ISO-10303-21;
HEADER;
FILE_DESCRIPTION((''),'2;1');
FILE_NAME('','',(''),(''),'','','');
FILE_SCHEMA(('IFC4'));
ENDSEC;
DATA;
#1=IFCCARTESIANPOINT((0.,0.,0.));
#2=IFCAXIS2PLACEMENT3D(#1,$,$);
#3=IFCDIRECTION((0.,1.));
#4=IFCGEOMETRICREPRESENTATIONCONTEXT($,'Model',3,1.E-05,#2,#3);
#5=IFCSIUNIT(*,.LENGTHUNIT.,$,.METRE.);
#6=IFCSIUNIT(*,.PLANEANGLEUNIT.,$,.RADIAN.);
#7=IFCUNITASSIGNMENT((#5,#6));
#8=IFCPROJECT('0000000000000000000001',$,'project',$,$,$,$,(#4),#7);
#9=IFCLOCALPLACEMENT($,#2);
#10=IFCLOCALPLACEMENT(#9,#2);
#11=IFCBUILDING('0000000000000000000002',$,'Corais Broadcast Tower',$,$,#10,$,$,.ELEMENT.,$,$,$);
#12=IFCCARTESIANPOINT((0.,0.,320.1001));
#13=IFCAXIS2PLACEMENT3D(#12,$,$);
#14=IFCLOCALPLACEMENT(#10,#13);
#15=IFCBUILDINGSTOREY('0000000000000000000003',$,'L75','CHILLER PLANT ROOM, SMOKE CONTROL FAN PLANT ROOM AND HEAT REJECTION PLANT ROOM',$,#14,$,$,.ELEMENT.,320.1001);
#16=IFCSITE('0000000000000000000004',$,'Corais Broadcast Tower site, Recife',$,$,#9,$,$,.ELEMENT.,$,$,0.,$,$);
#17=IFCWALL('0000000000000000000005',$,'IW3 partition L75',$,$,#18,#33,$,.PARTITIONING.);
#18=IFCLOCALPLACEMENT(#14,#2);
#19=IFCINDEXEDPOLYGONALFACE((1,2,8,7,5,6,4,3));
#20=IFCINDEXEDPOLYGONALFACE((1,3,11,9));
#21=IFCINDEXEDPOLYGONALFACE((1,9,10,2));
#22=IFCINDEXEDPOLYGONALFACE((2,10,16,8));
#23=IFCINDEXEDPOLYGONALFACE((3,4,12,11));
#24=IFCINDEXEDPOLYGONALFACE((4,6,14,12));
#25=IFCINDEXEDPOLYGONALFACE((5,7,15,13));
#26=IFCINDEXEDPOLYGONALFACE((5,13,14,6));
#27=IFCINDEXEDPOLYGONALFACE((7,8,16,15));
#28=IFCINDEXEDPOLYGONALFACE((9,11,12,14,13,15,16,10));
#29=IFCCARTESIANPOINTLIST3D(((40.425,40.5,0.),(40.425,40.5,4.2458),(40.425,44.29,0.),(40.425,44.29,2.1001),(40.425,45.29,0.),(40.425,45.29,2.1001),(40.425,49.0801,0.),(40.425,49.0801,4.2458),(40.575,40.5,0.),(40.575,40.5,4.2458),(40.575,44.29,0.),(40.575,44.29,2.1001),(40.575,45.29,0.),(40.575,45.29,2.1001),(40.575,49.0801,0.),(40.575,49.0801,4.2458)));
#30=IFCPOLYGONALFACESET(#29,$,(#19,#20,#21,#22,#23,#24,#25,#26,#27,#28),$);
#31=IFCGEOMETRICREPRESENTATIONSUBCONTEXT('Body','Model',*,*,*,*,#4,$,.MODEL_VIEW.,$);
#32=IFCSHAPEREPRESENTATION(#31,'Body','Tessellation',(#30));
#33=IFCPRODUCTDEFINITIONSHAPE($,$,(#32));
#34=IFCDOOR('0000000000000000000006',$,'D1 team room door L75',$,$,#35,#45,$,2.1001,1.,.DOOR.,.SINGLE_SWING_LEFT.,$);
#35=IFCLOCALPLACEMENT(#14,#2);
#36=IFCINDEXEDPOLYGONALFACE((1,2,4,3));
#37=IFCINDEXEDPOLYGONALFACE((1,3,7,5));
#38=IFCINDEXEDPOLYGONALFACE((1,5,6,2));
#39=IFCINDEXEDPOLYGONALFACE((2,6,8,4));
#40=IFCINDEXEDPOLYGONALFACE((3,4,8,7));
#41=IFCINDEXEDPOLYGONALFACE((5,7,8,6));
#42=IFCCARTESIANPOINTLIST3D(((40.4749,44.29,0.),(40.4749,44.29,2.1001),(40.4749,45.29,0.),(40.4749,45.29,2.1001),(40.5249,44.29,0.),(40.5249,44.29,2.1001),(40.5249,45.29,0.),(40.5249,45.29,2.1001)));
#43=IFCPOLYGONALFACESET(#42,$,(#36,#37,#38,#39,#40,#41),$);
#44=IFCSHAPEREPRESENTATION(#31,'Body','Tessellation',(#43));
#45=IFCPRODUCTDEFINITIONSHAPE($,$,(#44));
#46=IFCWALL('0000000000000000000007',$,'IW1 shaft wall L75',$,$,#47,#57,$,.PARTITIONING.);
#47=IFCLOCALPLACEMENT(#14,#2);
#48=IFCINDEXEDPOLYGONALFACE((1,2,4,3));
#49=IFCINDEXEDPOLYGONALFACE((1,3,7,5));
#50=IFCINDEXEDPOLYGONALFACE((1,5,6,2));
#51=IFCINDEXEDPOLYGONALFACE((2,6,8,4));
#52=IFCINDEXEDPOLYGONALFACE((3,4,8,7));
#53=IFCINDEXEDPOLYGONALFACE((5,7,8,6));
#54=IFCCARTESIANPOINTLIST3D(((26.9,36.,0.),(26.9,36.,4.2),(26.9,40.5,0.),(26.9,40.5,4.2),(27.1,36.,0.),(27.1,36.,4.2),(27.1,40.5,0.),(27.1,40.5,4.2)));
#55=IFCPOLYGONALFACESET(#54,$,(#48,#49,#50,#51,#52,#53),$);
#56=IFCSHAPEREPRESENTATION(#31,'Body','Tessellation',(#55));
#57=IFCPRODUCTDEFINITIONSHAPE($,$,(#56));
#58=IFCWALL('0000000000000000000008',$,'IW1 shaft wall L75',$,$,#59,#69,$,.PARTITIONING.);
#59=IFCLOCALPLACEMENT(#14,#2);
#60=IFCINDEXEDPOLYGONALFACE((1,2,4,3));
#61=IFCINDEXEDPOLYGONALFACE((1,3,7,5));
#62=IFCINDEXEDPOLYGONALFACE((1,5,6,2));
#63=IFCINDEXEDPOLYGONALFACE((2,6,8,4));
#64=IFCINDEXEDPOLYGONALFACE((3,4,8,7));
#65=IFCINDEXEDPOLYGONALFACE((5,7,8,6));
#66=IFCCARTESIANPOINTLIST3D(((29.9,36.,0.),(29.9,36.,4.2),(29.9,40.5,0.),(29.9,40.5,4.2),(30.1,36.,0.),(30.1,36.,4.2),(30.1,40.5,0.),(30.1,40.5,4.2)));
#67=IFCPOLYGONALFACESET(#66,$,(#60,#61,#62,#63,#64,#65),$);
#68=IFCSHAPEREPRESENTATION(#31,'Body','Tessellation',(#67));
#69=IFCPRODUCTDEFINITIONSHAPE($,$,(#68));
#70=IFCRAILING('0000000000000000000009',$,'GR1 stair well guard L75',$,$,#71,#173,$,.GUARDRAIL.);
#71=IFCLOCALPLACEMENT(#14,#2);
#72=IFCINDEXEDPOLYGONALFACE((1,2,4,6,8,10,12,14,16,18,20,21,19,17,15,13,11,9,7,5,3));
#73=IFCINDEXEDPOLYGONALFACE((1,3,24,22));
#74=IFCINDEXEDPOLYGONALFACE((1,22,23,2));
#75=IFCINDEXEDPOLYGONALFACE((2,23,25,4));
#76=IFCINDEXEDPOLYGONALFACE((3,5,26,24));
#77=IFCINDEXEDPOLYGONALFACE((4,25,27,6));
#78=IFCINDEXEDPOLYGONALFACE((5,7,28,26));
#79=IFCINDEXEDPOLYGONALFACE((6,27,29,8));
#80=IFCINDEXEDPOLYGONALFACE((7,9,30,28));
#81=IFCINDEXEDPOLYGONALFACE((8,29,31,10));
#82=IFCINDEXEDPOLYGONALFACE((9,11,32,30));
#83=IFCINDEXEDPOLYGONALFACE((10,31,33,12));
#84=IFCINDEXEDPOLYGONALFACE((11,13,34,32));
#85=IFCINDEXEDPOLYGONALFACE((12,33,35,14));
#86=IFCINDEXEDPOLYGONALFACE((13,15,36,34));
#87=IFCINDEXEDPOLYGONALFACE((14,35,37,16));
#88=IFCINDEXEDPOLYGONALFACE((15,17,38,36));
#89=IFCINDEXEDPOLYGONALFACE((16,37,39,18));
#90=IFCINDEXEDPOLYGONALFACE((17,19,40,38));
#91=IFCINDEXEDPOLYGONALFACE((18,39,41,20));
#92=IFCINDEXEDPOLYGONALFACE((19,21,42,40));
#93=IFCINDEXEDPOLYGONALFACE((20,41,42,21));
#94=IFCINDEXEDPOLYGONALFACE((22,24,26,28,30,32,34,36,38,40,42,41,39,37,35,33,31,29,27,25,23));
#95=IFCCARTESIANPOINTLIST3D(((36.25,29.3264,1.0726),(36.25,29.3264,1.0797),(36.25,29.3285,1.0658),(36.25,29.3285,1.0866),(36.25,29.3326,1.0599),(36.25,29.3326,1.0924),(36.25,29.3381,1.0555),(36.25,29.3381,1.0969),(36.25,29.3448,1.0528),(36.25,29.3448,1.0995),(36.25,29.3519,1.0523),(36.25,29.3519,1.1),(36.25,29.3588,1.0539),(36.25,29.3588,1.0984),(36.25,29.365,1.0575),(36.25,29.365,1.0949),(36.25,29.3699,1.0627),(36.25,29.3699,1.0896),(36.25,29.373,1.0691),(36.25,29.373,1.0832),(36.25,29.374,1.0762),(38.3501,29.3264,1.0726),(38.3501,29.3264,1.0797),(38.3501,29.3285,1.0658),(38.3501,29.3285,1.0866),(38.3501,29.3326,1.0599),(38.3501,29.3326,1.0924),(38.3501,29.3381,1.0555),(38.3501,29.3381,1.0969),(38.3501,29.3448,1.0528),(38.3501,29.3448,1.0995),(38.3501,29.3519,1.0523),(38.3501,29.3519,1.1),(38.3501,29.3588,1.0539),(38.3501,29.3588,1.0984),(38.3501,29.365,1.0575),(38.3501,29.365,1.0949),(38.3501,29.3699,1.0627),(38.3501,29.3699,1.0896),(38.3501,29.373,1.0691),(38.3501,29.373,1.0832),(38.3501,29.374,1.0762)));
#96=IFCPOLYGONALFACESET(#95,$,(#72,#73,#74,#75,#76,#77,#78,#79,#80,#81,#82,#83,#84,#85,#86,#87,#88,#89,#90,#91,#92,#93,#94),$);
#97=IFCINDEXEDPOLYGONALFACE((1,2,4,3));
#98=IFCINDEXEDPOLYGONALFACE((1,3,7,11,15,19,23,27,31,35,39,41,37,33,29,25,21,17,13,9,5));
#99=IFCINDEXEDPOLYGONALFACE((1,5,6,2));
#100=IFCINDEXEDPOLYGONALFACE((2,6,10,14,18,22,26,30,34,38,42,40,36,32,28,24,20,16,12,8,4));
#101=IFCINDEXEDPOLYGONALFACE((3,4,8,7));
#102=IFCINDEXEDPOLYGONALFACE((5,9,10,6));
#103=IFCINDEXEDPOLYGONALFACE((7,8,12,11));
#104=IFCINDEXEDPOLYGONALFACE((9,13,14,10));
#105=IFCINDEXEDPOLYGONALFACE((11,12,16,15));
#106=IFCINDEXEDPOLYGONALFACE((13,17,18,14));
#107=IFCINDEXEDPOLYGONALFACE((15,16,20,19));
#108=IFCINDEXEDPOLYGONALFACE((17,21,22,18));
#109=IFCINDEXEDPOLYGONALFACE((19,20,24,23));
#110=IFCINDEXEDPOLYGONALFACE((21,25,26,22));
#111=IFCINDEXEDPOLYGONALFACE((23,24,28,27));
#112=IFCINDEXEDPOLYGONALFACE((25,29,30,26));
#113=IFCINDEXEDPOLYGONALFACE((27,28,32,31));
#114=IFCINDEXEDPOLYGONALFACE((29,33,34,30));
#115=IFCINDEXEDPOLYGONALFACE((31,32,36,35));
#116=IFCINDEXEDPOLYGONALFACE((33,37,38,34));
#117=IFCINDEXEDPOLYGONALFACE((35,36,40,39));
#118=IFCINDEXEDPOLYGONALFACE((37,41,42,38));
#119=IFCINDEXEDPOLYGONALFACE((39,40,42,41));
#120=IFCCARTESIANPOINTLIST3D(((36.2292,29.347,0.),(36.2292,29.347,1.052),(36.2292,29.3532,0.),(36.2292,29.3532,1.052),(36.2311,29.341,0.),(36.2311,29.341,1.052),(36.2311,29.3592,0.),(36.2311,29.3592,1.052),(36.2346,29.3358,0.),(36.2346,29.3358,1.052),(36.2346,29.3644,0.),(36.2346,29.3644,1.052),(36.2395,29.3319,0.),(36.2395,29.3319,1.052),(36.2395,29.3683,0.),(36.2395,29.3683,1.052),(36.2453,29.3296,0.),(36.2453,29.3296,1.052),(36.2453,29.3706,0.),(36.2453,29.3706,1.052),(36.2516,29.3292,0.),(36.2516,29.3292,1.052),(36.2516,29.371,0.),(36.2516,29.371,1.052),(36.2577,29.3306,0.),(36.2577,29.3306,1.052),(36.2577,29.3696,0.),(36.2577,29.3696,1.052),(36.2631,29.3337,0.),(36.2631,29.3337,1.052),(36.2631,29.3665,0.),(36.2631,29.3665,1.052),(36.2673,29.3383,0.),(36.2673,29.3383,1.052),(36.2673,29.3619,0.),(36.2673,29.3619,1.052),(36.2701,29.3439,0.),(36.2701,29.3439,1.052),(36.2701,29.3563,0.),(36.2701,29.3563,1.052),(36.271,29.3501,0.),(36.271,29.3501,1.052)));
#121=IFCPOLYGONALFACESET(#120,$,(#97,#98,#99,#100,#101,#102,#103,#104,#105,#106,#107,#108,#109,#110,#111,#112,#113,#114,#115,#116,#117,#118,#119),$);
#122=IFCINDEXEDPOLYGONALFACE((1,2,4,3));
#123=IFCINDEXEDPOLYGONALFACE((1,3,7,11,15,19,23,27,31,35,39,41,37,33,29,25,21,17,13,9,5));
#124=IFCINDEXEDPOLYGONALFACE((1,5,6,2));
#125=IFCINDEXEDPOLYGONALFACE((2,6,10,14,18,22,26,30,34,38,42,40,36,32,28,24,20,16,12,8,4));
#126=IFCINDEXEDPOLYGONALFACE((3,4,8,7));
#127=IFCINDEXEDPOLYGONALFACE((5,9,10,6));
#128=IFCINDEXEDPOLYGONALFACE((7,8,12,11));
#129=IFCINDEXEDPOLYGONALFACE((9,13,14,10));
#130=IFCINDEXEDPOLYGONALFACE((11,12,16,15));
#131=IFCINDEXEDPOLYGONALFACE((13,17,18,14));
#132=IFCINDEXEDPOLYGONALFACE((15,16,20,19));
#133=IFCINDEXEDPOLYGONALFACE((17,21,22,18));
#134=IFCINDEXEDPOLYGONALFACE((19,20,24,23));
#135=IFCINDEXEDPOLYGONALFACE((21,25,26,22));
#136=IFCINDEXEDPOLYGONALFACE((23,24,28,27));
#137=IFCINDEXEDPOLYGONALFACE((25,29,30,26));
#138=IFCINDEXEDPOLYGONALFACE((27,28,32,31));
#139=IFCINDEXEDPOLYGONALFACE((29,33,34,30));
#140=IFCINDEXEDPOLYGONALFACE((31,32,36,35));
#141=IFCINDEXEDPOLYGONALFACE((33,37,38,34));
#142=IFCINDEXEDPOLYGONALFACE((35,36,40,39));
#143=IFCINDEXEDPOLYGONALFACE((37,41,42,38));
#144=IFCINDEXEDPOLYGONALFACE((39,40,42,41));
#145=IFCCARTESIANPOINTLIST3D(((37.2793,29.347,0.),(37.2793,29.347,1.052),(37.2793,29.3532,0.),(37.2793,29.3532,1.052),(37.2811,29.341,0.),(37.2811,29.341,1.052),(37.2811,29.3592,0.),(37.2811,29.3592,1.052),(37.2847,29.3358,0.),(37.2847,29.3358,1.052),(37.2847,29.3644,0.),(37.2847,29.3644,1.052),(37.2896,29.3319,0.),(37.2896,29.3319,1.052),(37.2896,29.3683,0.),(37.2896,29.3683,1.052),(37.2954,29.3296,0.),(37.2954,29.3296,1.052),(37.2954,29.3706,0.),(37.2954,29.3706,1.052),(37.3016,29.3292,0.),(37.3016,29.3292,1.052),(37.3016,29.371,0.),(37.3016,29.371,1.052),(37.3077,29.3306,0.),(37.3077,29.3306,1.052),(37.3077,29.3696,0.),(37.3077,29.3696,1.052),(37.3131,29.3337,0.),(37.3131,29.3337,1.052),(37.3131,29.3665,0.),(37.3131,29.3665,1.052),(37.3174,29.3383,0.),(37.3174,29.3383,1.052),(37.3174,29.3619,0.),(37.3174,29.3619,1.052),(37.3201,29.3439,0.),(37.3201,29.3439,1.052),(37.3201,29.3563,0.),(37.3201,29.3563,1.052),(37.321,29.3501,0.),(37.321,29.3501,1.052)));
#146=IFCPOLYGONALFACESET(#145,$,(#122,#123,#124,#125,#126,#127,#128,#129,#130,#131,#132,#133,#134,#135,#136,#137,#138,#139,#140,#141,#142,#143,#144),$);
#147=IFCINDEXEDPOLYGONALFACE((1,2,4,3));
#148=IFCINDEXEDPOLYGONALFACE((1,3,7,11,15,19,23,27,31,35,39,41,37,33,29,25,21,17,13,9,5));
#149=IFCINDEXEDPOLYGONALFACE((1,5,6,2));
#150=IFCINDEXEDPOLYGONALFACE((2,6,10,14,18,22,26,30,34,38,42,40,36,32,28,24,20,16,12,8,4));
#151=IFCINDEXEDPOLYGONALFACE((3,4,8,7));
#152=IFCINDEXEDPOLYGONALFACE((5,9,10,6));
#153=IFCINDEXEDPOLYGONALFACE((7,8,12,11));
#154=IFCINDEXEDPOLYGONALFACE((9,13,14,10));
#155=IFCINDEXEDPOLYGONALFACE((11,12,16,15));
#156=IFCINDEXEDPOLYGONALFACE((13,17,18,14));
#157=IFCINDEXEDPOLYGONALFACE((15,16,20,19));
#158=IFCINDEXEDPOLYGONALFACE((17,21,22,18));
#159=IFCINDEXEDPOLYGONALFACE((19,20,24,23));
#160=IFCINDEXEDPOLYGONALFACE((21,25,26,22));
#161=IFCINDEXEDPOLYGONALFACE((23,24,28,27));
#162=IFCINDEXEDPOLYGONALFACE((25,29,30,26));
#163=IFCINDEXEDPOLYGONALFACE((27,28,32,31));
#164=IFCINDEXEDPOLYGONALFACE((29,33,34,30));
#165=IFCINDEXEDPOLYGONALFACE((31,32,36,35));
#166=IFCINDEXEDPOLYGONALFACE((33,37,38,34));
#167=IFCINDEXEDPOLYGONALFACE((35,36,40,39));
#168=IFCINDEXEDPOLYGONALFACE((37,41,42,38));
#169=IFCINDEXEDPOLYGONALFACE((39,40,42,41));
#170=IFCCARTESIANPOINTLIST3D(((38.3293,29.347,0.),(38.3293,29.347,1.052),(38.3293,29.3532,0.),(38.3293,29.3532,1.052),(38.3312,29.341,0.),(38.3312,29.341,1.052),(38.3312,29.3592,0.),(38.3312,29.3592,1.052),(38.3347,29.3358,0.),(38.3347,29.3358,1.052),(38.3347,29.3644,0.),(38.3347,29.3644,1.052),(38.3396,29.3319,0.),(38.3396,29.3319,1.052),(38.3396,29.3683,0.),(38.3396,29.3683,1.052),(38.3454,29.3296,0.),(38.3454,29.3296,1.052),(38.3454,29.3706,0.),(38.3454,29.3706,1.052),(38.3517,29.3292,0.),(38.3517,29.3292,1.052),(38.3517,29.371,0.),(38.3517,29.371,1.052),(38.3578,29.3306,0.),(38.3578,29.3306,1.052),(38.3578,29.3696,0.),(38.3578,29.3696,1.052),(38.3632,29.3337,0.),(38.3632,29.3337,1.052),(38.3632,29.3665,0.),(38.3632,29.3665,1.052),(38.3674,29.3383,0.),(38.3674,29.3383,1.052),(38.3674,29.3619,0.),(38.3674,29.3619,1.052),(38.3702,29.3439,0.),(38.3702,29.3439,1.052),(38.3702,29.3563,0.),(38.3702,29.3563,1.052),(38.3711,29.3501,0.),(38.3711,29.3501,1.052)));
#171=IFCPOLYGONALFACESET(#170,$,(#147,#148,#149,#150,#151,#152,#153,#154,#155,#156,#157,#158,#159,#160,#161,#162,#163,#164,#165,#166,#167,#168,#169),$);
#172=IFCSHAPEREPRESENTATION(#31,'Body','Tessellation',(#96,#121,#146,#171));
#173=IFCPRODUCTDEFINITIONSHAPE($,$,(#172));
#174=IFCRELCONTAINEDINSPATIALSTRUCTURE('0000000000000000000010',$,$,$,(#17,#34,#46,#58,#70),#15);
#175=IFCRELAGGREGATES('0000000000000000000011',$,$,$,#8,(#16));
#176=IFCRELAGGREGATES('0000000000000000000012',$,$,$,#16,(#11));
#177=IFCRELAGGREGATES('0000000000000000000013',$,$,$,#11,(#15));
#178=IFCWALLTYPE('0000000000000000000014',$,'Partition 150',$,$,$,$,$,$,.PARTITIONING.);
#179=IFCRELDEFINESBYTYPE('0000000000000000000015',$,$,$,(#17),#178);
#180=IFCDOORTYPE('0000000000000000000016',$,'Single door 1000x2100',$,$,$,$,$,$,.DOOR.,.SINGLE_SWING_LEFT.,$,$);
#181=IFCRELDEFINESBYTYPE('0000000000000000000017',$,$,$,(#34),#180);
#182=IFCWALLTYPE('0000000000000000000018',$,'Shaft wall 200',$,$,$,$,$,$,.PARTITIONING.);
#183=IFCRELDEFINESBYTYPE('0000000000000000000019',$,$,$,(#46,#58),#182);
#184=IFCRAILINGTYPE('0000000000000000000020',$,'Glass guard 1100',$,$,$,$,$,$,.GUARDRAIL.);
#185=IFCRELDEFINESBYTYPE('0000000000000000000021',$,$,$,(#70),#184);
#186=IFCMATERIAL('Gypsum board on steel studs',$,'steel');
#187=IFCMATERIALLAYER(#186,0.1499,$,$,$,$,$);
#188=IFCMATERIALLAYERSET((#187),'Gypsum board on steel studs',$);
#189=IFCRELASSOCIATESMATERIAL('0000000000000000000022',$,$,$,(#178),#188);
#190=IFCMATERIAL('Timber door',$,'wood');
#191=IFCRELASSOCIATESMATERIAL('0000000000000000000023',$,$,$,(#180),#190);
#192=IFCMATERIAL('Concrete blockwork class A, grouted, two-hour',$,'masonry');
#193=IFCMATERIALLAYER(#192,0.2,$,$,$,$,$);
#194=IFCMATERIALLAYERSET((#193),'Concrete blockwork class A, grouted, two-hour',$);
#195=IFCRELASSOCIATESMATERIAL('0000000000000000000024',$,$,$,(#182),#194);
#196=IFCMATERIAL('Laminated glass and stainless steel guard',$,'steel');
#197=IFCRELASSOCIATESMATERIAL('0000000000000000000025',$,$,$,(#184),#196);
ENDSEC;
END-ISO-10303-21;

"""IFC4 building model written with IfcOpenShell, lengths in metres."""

from ifc_helpers import new_model, si_unit, direction, frame, frame_2d, origin, origin_2d, place, context, subcontext, project, spatial, rectangle, circle, extrude, material, layer, layer_set, type_object, element, fill, save


model = new_model("IFC4")

# Units and contexts
model_context = context("Model", 3, precision=1e-05, world=origin(), true_north=direction((0.0, 1.0)))
body_context = subcontext(model_context, "Body", "Model", "MODEL_VIEW")
ifc_project = project(units=[si_unit("LENGTHUNIT", "METRE"), si_unit("PLANEANGLEUNIT", "RADIAN")], contexts=[model_context])

# Site, building, storey
site_placement = place(None, origin())
site = spatial("IfcSite", under=ifc_project, at=site_placement, Name="Corais Broadcast Tower site, Recife", CompositionType="ELEMENT", RefElevation=0.0)
building_placement = place(site_placement, origin())
building = spatial("IfcBuilding", under=site, at=building_placement, Name="Corais Broadcast Tower", CompositionType="ELEMENT")
storey_placement = place(building_placement, frame((0.0, 0.0, 320.1001)))
storey = spatial("IfcBuildingStorey", under=building, at=storey_placement, Name="L75", Description="CHILLER PLANT ROOM, SMOKE CONTROL FAN PLANT ROOM AND HEAT REJECTION PLANT ROOM", CompositionType="ELEMENT", Elevation=320.1001)

# Wall, opening, door
ifc_material_1 = material(Name="Gypsum board on steel studs", Category="steel")
ifc_layer_1 = layer(ifc_material_1, 0.1499)
ifc_layer_set_1 = layer_set([ifc_layer_1], Name="Gypsum board on steel studs")
wall_type_1 = type_object("IfcWallType", Name="Partition 150", PredefinedType="PARTITIONING", material=ifc_layer_set_1)
wall_1_placement = place(storey_placement, frame((40.5, 49.0801, 0.0), z_axis=(0.0, 0.0, 1.0), x_axis=(0.0, -1.0, 0.0)))
wall_1 = element("IfcWall", 1, at=wall_1_placement, inside=storey, type_object=wall_type_1, Name="IW3 partition L75", PredefinedType="PARTITIONING", context=body_context, shape_type="SweptSolid", body=[
    extrude(rectangle(XDim=8.5801, YDim=0.1499, at=frame_2d((4.29, 0.0))), origin(), (0.0, 0.0, 1.0), 4.2458),
])
opening_1_placement = place(wall_1_placement, frame((3.79, 0.0, 0.0)))
opening_1 = element("IfcOpeningElement", 2, at=opening_1_placement, cuts=wall_1, PredefinedType="OPENING", context=body_context, shape_type="SweptSolid", body=[
    extrude(rectangle(XDim=1.0, YDim=2.1001, at=frame_2d((0.5, 1.05))), frame((0.0, 0.085, 0.0), z_axis=(0.0, -1.0, 0.0), x_axis=(1.0, 0.0, 0.0)), (0.0, 0.0, 1.0), 0.1699),
])
ifc_material_2 = material(Name="Timber door", Category="wood")
door_type_1 = type_object("IfcDoorType", Name="Single door 1000x2100", OperationType="SINGLE_SWING_LEFT", PredefinedType="DOOR", material=ifc_material_2)
door_1_placement = place(opening_1_placement, origin())
door_1 = element("IfcDoor", 3, at=door_1_placement, inside=storey, type_object=door_type_1, Name="D1 team room door L75", OperationType="SINGLE_SWING_LEFT", OverallHeight=2.1001, OverallWidth=1.0, PredefinedType="DOOR", context=body_context, shape_type="SweptSolid", body=[
    extrude(rectangle(XDim=1.0, YDim=2.1001, at=frame_2d((0.5, 1.05))), frame((0.0, 0.0249, 0.0), z_axis=(0.0, -1.0, 0.0), x_axis=(1.0, 0.0, 0.0)), (0.0, 0.0, 1.0), 0.05),
])
fill(opening_1, door_1)

# Walls
ifc_material_3 = material(Name="Concrete blockwork class A, grouted, two-hour", Category="masonry")
ifc_layer_2 = layer(ifc_material_3, 0.2)
ifc_layer_set_2 = layer_set([ifc_layer_2], Name="Concrete blockwork class A, grouted, two-hour")
wall_type_2 = type_object("IfcWallType", Name="Shaft wall 200", PredefinedType="PARTITIONING", material=ifc_layer_set_2)
for number, where, z_axis, x_axis, name in (
    (4, (27.0, 36.0, 0.0), (0.0, 0.0, 1.0), (0.0, 1.0, 0.0), "IW1 shaft wall L75"),
    (5, (30.0, 36.0, 0.0), (0.0, 0.0, 1.0), (0.0, 1.0, 0.0), "IW1 shaft wall L75"),
):
    element("IfcWall", number, at=place(storey_placement, frame(where, z_axis=z_axis, x_axis=x_axis)), inside=storey, type_object=wall_type_2, Name=name, PredefinedType="PARTITIONING", context=body_context, shape_type="SweptSolid", body=[
        extrude(rectangle(XDim=4.5, YDim=0.2, at=frame_2d((2.25, 0.0))), origin(), (0.0, 0.0, 1.0), 4.2),
    ])

# Railing
ifc_material_4 = material(Name="Laminated glass and stainless steel guard", Category="steel")
railing_type = type_object("IfcRailingType", Name="Glass guard 1100", PredefinedType="GUARDRAIL", material=ifc_material_4)
railing_placement = place(storey_placement, frame((36.25, 29.3501, 0.0)))
element("IfcRailing", 6, at=railing_placement, inside=storey, type_object=railing_type, Name="GR1 stair well guard L75", PredefinedType="GUARDRAIL", context=body_context, shape_type="SweptSolid", body=[
    extrude(circle(Radius=0.0239, at=origin_2d()), frame((0.0, 0.0, 1.0762), z_axis=(1.0, 0.0, 0.0), x_axis=(0.0, 1.0, 0.0)), (0.0, 0.0, 1.0), 2.1001),
    extrude(circle(Radius=0.021, at=origin_2d()), origin(), (0.0, 0.0, 1.0), 1.052),
    extrude(circle(Radius=0.021, at=origin_2d()), frame((1.05, 0.0, 0.0)), (0.0, 0.0, 1.0), 1.052),
    extrude(circle(Radius=0.021, at=origin_2d()), frame((2.1001, 0.0, 0.0)), (0.0, 0.0, 1.0), 1.052),
])

save(model, "model.ifc")
